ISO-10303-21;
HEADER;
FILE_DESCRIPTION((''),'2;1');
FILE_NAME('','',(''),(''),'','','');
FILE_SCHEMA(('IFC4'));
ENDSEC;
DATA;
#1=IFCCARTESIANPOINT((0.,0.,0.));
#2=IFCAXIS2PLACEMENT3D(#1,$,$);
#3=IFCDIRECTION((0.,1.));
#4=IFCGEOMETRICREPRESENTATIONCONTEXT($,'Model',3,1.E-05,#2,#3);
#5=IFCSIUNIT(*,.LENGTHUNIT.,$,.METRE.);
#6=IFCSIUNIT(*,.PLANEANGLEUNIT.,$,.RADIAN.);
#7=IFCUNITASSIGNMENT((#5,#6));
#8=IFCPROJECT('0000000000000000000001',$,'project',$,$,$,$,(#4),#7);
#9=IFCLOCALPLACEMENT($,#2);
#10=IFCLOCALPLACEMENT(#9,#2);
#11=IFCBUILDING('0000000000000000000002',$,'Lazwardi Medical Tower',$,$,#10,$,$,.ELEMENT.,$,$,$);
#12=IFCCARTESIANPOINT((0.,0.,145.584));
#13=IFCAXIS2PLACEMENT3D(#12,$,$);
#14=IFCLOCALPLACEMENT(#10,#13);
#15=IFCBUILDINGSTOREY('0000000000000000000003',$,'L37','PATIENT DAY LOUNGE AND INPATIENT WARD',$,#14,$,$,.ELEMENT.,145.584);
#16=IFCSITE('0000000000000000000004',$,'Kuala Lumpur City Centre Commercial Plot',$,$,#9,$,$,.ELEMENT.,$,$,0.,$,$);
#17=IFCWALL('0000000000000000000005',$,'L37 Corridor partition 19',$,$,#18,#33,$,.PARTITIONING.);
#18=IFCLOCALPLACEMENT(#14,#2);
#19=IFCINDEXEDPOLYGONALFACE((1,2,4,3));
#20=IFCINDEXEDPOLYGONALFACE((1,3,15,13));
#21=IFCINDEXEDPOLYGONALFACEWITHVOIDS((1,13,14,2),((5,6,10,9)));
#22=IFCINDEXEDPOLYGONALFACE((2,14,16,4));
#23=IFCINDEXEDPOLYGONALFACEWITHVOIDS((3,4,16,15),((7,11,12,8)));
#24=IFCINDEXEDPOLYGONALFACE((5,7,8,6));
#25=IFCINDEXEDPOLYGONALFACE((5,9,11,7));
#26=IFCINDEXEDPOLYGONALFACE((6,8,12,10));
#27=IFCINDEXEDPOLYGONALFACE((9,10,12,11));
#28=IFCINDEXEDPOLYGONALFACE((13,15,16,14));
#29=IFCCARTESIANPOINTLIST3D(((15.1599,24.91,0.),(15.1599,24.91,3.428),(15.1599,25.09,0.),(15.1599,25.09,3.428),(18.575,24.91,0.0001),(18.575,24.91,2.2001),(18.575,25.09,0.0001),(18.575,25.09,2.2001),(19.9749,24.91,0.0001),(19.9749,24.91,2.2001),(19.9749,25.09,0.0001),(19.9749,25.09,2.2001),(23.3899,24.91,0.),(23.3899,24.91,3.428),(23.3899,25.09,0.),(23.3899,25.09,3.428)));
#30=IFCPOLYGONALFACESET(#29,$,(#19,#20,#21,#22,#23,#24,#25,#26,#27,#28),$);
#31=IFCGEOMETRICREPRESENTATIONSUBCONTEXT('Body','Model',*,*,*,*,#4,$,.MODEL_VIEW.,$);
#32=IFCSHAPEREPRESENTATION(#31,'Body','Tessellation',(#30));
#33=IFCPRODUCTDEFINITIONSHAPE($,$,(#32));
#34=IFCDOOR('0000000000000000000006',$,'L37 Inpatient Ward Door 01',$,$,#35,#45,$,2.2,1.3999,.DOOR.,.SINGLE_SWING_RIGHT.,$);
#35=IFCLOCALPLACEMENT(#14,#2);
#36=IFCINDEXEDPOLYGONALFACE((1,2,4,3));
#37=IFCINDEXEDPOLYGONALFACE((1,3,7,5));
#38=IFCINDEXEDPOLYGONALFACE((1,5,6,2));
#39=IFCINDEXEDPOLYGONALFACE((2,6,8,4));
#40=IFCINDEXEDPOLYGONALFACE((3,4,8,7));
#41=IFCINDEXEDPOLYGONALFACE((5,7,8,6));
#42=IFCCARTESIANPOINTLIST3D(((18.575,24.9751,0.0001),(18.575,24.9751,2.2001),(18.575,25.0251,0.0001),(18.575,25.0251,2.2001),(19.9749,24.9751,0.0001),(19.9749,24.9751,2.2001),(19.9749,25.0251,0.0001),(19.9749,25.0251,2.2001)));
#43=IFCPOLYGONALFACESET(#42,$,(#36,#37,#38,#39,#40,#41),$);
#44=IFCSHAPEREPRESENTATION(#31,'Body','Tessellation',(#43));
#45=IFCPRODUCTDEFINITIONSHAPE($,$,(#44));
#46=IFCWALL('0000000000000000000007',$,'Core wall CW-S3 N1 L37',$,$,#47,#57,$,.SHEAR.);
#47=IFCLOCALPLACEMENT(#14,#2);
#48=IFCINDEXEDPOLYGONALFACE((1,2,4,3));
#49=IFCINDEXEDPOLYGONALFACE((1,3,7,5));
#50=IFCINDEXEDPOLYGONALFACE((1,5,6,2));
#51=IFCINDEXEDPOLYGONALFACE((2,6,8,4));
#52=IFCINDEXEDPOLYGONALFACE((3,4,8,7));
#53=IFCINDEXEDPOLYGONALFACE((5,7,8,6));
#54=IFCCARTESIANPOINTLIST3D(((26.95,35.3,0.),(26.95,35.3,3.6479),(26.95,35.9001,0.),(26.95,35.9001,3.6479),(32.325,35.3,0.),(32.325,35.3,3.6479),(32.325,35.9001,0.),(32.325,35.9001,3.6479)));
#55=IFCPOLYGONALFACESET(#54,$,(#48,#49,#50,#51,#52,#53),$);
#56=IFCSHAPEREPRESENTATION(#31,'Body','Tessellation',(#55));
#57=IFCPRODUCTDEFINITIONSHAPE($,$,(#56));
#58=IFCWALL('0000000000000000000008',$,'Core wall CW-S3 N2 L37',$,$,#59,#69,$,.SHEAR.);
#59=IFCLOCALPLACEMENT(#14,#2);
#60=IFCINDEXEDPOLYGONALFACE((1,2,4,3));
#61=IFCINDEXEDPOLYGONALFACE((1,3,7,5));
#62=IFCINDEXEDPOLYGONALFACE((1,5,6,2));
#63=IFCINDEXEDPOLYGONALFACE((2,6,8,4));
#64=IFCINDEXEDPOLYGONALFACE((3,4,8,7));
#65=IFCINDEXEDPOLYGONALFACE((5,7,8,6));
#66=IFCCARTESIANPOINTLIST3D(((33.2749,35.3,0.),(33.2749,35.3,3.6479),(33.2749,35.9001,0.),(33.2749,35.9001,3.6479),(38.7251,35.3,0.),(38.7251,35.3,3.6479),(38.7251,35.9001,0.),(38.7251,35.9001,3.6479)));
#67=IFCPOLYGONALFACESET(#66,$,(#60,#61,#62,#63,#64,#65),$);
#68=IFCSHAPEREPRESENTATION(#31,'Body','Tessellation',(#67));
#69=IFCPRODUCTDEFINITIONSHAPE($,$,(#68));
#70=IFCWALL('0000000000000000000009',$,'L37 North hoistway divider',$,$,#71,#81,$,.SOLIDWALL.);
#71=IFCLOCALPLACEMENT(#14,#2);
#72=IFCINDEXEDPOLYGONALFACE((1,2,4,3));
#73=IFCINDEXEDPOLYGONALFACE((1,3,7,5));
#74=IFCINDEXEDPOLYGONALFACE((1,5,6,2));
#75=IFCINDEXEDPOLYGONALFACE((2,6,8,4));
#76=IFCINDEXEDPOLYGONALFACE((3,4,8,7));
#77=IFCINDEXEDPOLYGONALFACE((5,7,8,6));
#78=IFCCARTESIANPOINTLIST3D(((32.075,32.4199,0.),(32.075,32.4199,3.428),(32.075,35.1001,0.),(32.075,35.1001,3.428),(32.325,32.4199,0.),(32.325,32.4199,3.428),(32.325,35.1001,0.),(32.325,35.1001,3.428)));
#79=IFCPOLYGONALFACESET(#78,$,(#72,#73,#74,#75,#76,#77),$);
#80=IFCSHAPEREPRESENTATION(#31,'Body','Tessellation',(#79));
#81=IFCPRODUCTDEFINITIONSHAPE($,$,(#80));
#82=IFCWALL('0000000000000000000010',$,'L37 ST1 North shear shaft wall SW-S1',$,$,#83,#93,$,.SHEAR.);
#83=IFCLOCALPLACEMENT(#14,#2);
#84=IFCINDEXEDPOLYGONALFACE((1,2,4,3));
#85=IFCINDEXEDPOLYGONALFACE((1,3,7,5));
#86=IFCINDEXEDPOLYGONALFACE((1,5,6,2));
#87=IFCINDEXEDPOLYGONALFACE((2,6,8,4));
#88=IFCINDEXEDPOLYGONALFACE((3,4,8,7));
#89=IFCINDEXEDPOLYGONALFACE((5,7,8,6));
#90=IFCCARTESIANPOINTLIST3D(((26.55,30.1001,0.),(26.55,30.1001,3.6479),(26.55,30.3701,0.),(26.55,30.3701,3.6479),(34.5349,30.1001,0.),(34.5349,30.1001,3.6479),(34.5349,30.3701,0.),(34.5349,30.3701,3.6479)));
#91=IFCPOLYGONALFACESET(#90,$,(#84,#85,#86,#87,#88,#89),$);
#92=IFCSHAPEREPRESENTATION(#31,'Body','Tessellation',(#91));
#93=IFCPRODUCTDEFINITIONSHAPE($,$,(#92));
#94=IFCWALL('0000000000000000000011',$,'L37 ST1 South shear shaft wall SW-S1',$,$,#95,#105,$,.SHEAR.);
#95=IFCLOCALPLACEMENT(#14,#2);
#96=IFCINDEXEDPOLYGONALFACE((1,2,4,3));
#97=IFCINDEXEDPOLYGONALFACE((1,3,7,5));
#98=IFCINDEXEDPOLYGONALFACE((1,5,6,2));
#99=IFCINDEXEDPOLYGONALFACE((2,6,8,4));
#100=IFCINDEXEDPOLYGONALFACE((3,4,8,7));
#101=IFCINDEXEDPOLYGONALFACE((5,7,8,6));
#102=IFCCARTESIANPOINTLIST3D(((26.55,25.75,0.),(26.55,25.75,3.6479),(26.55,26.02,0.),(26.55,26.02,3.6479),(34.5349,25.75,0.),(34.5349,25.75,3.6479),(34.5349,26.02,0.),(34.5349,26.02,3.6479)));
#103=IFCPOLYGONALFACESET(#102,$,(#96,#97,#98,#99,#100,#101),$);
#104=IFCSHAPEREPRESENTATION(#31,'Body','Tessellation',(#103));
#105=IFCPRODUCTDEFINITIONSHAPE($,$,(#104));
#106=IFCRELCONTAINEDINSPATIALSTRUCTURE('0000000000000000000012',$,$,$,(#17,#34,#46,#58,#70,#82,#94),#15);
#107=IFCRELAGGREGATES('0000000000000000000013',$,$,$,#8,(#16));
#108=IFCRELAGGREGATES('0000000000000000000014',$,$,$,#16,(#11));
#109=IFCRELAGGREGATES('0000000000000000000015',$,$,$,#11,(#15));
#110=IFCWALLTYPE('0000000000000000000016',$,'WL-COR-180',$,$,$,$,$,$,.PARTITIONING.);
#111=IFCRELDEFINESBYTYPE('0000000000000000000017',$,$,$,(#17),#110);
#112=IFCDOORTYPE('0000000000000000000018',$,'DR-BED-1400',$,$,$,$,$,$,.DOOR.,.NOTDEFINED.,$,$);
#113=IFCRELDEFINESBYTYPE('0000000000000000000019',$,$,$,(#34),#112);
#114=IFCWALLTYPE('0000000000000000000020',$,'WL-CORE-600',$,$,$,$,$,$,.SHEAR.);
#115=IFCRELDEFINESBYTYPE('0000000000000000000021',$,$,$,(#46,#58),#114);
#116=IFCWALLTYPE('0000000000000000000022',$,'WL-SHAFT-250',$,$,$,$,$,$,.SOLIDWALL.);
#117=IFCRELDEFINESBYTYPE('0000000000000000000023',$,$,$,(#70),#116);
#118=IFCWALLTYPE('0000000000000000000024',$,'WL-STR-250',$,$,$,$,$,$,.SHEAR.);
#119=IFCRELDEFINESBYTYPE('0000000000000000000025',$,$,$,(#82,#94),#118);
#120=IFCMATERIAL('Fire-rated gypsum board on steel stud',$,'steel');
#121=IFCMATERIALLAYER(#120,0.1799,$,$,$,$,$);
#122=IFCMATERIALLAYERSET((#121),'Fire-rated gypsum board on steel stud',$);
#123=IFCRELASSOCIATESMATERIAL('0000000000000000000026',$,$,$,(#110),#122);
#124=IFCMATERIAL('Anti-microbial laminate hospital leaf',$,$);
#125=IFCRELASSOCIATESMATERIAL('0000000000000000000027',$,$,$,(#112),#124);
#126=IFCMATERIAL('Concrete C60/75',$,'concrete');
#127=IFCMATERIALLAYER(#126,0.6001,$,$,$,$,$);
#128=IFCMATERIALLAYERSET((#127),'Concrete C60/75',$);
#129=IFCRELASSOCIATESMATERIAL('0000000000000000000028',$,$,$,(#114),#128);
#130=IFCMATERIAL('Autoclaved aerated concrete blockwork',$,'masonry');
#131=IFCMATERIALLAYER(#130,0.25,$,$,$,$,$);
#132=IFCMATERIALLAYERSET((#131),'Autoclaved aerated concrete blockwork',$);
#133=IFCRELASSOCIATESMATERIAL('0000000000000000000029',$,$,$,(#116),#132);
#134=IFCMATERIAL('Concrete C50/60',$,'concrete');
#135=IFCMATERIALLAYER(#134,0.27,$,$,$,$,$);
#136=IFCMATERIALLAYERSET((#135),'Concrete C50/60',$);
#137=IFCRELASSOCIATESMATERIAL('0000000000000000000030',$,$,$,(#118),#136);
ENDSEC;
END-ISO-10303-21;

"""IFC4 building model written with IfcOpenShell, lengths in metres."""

from ifc_helpers import new_model, si_unit, direction, frame, frame_2d, origin, place, context, subcontext, project, spatial, rectangle, extrude, material, layer, layer_set, type_object, element, fill, save


model = new_model("IFC4")

# Units and contexts
model_context = context("Model", 3, precision=1e-05, world=origin(), true_north=direction((0.0, 1.0)))
body_context = subcontext(model_context, "Body", "Model", "MODEL_VIEW")
ifc_project = project(units=[si_unit("LENGTHUNIT", "METRE"), si_unit("PLANEANGLEUNIT", "RADIAN")], contexts=[model_context])

# Site, building, storey
site_placement = place(None, origin())
site = spatial("IfcSite", under=ifc_project, at=site_placement, Name="Kuala Lumpur City Centre Commercial Plot", CompositionType="ELEMENT", RefElevation=0.0)
building_placement = place(site_placement, origin())
building = spatial("IfcBuilding", under=site, at=building_placement, Name="Lazwardi Medical Tower", CompositionType="ELEMENT")
storey_placement = place(building_placement, frame((0.0, 0.0, 145.584)))
storey = spatial("IfcBuildingStorey", under=building, at=storey_placement, Name="L37", Description="PATIENT DAY LOUNGE AND INPATIENT WARD", CompositionType="ELEMENT", Elevation=145.584)

# Shared definitions
ifc_material_1 = material(Name="Concrete C60/75", Category="concrete")

# Shared definitions
ifc_material_2 = material(Name="Fire-rated gypsum board on steel stud", Category="steel")
ifc_layer_1 = layer(ifc_material_2, 0.1799)
ifc_layer_set_1 = layer_set([ifc_layer_1], Name="Fire-rated gypsum board on steel stud")
wall_type_1 = type_object("IfcWallType", Name="WL-COR-180", PredefinedType="PARTITIONING", material=ifc_layer_set_1)
ifc_material_3 = material(Name="Anti-microbial laminate hospital leaf")
door_type_1 = type_object("IfcDoorType", Name="DR-BED-1400", OperationType="NOTDEFINED", PredefinedType="DOOR", material=ifc_material_3)

# Wall, opening, door
wall_1_placement = place(storey_placement, frame((23.3899, 25.0, 0.0), z_axis=(0.0, 0.0, 1.0), x_axis=(-1.0, 0.0, 0.0)))
wall_1 = element("IfcWall", 1, at=wall_1_placement, inside=storey, type_object=wall_type_1, Name="L37 Corridor partition 19", PredefinedType="PARTITIONING", context=body_context, shape_type="SweptSolid", body=[
    extrude(rectangle(XDim=8.23, YDim=0.1799, at=frame_2d((4.115, 0.0))), origin(), (0.0, 0.0, 1.0), 3.428),
])
opening_1_placement = place(wall_1_placement, frame((3.415, 0.0, 0.0)))
opening_1 = element("IfcOpeningElement", 2, at=opening_1_placement, cuts=wall_1, PredefinedType="OPENING", context=body_context, shape_type="SweptSolid", body=[
    extrude(rectangle(XDim=1.3999, YDim=2.2, at=frame_2d((0.7, 1.1001))), frame((0.0, 0.0999, 0.0), z_axis=(0.0, -1.0, 0.0), x_axis=(1.0, 0.0, 0.0)), (0.0, 0.0, 1.0), 0.2),
])
door_1_placement = place(opening_1_placement, origin())
door_1 = element("IfcDoor", 3, at=door_1_placement, inside=storey, type_object=door_type_1, Name="L37 Inpatient Ward Door 01", OperationType="SINGLE_SWING_RIGHT", OverallHeight=2.2, OverallWidth=1.3999, PredefinedType="DOOR", context=body_context, shape_type="SweptSolid", body=[
    extrude(rectangle(XDim=1.3999, YDim=2.2, at=frame_2d((0.7, 1.1001))), frame((0.0, 0.0249, 0.0), z_axis=(0.0, -1.0, 0.0), x_axis=(1.0, 0.0, 0.0)), (0.0, 0.0, 1.0), 0.05),
])
fill(opening_1, door_1)

# Walls
ifc_layer_2 = layer(ifc_material_1, 0.6001)
ifc_layer_set_2 = layer_set([ifc_layer_2], Name="Concrete C60/75")
wall_type_2 = type_object("IfcWallType", Name="WL-CORE-600", PredefinedType="SHEAR", material=ifc_layer_set_2)
wall_2_placement = place(storey_placement, frame((26.95, 35.6001, 0.0), z_axis=(0.0, 0.0, 1.0), x_axis=(1.0, 0.0, 0.0)))
element("IfcWall", 4, at=wall_2_placement, inside=storey, type_object=wall_type_2, Name="Core wall CW-S3 N1 L37", PredefinedType="SHEAR", context=body_context, shape_type="SweptSolid", body=[
    extrude(rectangle(XDim=5.375, YDim=0.6001, at=frame_2d((2.6875, 0.0))), origin(), (0.0, 0.0, 1.0), 3.6479),
])
wall_3_placement = place(storey_placement, frame((33.2749, 35.6001, 0.0), z_axis=(0.0, 0.0, 1.0), x_axis=(1.0, 0.0, 0.0)))
element("IfcWall", 5, at=wall_3_placement, inside=storey, type_object=wall_type_2, Name="Core wall CW-S3 N2 L37", PredefinedType="SHEAR", context=body_context, shape_type="SweptSolid", body=[
    extrude(rectangle(XDim=5.4502, YDim=0.6001, at=frame_2d((2.7251, 0.0))), origin(), (0.0, 0.0, 1.0), 3.6479),
])
ifc_material_4 = material(Name="Autoclaved aerated concrete blockwork", Category="masonry")
ifc_layer_3 = layer(ifc_material_4, 0.25)
ifc_layer_set_3 = layer_set([ifc_layer_3], Name="Autoclaved aerated concrete blockwork")
wall_type_3 = type_object("IfcWallType", Name="WL-SHAFT-250", PredefinedType="SOLIDWALL", material=ifc_layer_set_3)
wall_4_placement = place(storey_placement, frame((32.2, 32.4199, 0.0), z_axis=(0.0, 0.0, 1.0), x_axis=(0.0, 1.0, 0.0)))
element("IfcWall", 6, at=wall_4_placement, inside=storey, type_object=wall_type_3, Name="L37 North hoistway divider", PredefinedType="SOLIDWALL", context=body_context, shape_type="SweptSolid", body=[
    extrude(rectangle(XDim=2.6802, YDim=0.25, at=frame_2d((1.3401, 0.0))), origin(), (0.0, 0.0, 1.0), 3.428),
])
ifc_material_5 = material(Name="Concrete C50/60", Category="concrete")
ifc_layer_4 = layer(ifc_material_5, 0.27)
ifc_layer_set_4 = layer_set([ifc_layer_4], Name="Concrete C50/60")
wall_type_4 = type_object("IfcWallType", Name="WL-STR-250", PredefinedType="SHEAR", material=ifc_layer_set_4)
for number, where, z_axis, x_axis, name in (
    (7, (26.55, 30.2351, 0.0), (0.0, 0.0, 1.0), (1.0, 0.0, 0.0), "L37 ST1 North shear shaft wall SW-S1"),
    (8, (26.55, 25.885, 0.0), (0.0, 0.0, 1.0), (1.0, 0.0, 0.0), "L37 ST1 South shear shaft wall SW-S1"),
):
    element("IfcWall", number, at=place(storey_placement, frame(where, z_axis=z_axis, x_axis=x_axis)), inside=storey, type_object=wall_type_4, Name=name, PredefinedType="SHEAR", context=body_context, shape_type="SweptSolid", body=[
        extrude(rectangle(XDim=7.9849, YDim=0.27, at=frame_2d((3.9924, 0.0))), origin(), (0.0, 0.0, 1.0), 3.6479),
    ])

save(model, "model.ifc")
